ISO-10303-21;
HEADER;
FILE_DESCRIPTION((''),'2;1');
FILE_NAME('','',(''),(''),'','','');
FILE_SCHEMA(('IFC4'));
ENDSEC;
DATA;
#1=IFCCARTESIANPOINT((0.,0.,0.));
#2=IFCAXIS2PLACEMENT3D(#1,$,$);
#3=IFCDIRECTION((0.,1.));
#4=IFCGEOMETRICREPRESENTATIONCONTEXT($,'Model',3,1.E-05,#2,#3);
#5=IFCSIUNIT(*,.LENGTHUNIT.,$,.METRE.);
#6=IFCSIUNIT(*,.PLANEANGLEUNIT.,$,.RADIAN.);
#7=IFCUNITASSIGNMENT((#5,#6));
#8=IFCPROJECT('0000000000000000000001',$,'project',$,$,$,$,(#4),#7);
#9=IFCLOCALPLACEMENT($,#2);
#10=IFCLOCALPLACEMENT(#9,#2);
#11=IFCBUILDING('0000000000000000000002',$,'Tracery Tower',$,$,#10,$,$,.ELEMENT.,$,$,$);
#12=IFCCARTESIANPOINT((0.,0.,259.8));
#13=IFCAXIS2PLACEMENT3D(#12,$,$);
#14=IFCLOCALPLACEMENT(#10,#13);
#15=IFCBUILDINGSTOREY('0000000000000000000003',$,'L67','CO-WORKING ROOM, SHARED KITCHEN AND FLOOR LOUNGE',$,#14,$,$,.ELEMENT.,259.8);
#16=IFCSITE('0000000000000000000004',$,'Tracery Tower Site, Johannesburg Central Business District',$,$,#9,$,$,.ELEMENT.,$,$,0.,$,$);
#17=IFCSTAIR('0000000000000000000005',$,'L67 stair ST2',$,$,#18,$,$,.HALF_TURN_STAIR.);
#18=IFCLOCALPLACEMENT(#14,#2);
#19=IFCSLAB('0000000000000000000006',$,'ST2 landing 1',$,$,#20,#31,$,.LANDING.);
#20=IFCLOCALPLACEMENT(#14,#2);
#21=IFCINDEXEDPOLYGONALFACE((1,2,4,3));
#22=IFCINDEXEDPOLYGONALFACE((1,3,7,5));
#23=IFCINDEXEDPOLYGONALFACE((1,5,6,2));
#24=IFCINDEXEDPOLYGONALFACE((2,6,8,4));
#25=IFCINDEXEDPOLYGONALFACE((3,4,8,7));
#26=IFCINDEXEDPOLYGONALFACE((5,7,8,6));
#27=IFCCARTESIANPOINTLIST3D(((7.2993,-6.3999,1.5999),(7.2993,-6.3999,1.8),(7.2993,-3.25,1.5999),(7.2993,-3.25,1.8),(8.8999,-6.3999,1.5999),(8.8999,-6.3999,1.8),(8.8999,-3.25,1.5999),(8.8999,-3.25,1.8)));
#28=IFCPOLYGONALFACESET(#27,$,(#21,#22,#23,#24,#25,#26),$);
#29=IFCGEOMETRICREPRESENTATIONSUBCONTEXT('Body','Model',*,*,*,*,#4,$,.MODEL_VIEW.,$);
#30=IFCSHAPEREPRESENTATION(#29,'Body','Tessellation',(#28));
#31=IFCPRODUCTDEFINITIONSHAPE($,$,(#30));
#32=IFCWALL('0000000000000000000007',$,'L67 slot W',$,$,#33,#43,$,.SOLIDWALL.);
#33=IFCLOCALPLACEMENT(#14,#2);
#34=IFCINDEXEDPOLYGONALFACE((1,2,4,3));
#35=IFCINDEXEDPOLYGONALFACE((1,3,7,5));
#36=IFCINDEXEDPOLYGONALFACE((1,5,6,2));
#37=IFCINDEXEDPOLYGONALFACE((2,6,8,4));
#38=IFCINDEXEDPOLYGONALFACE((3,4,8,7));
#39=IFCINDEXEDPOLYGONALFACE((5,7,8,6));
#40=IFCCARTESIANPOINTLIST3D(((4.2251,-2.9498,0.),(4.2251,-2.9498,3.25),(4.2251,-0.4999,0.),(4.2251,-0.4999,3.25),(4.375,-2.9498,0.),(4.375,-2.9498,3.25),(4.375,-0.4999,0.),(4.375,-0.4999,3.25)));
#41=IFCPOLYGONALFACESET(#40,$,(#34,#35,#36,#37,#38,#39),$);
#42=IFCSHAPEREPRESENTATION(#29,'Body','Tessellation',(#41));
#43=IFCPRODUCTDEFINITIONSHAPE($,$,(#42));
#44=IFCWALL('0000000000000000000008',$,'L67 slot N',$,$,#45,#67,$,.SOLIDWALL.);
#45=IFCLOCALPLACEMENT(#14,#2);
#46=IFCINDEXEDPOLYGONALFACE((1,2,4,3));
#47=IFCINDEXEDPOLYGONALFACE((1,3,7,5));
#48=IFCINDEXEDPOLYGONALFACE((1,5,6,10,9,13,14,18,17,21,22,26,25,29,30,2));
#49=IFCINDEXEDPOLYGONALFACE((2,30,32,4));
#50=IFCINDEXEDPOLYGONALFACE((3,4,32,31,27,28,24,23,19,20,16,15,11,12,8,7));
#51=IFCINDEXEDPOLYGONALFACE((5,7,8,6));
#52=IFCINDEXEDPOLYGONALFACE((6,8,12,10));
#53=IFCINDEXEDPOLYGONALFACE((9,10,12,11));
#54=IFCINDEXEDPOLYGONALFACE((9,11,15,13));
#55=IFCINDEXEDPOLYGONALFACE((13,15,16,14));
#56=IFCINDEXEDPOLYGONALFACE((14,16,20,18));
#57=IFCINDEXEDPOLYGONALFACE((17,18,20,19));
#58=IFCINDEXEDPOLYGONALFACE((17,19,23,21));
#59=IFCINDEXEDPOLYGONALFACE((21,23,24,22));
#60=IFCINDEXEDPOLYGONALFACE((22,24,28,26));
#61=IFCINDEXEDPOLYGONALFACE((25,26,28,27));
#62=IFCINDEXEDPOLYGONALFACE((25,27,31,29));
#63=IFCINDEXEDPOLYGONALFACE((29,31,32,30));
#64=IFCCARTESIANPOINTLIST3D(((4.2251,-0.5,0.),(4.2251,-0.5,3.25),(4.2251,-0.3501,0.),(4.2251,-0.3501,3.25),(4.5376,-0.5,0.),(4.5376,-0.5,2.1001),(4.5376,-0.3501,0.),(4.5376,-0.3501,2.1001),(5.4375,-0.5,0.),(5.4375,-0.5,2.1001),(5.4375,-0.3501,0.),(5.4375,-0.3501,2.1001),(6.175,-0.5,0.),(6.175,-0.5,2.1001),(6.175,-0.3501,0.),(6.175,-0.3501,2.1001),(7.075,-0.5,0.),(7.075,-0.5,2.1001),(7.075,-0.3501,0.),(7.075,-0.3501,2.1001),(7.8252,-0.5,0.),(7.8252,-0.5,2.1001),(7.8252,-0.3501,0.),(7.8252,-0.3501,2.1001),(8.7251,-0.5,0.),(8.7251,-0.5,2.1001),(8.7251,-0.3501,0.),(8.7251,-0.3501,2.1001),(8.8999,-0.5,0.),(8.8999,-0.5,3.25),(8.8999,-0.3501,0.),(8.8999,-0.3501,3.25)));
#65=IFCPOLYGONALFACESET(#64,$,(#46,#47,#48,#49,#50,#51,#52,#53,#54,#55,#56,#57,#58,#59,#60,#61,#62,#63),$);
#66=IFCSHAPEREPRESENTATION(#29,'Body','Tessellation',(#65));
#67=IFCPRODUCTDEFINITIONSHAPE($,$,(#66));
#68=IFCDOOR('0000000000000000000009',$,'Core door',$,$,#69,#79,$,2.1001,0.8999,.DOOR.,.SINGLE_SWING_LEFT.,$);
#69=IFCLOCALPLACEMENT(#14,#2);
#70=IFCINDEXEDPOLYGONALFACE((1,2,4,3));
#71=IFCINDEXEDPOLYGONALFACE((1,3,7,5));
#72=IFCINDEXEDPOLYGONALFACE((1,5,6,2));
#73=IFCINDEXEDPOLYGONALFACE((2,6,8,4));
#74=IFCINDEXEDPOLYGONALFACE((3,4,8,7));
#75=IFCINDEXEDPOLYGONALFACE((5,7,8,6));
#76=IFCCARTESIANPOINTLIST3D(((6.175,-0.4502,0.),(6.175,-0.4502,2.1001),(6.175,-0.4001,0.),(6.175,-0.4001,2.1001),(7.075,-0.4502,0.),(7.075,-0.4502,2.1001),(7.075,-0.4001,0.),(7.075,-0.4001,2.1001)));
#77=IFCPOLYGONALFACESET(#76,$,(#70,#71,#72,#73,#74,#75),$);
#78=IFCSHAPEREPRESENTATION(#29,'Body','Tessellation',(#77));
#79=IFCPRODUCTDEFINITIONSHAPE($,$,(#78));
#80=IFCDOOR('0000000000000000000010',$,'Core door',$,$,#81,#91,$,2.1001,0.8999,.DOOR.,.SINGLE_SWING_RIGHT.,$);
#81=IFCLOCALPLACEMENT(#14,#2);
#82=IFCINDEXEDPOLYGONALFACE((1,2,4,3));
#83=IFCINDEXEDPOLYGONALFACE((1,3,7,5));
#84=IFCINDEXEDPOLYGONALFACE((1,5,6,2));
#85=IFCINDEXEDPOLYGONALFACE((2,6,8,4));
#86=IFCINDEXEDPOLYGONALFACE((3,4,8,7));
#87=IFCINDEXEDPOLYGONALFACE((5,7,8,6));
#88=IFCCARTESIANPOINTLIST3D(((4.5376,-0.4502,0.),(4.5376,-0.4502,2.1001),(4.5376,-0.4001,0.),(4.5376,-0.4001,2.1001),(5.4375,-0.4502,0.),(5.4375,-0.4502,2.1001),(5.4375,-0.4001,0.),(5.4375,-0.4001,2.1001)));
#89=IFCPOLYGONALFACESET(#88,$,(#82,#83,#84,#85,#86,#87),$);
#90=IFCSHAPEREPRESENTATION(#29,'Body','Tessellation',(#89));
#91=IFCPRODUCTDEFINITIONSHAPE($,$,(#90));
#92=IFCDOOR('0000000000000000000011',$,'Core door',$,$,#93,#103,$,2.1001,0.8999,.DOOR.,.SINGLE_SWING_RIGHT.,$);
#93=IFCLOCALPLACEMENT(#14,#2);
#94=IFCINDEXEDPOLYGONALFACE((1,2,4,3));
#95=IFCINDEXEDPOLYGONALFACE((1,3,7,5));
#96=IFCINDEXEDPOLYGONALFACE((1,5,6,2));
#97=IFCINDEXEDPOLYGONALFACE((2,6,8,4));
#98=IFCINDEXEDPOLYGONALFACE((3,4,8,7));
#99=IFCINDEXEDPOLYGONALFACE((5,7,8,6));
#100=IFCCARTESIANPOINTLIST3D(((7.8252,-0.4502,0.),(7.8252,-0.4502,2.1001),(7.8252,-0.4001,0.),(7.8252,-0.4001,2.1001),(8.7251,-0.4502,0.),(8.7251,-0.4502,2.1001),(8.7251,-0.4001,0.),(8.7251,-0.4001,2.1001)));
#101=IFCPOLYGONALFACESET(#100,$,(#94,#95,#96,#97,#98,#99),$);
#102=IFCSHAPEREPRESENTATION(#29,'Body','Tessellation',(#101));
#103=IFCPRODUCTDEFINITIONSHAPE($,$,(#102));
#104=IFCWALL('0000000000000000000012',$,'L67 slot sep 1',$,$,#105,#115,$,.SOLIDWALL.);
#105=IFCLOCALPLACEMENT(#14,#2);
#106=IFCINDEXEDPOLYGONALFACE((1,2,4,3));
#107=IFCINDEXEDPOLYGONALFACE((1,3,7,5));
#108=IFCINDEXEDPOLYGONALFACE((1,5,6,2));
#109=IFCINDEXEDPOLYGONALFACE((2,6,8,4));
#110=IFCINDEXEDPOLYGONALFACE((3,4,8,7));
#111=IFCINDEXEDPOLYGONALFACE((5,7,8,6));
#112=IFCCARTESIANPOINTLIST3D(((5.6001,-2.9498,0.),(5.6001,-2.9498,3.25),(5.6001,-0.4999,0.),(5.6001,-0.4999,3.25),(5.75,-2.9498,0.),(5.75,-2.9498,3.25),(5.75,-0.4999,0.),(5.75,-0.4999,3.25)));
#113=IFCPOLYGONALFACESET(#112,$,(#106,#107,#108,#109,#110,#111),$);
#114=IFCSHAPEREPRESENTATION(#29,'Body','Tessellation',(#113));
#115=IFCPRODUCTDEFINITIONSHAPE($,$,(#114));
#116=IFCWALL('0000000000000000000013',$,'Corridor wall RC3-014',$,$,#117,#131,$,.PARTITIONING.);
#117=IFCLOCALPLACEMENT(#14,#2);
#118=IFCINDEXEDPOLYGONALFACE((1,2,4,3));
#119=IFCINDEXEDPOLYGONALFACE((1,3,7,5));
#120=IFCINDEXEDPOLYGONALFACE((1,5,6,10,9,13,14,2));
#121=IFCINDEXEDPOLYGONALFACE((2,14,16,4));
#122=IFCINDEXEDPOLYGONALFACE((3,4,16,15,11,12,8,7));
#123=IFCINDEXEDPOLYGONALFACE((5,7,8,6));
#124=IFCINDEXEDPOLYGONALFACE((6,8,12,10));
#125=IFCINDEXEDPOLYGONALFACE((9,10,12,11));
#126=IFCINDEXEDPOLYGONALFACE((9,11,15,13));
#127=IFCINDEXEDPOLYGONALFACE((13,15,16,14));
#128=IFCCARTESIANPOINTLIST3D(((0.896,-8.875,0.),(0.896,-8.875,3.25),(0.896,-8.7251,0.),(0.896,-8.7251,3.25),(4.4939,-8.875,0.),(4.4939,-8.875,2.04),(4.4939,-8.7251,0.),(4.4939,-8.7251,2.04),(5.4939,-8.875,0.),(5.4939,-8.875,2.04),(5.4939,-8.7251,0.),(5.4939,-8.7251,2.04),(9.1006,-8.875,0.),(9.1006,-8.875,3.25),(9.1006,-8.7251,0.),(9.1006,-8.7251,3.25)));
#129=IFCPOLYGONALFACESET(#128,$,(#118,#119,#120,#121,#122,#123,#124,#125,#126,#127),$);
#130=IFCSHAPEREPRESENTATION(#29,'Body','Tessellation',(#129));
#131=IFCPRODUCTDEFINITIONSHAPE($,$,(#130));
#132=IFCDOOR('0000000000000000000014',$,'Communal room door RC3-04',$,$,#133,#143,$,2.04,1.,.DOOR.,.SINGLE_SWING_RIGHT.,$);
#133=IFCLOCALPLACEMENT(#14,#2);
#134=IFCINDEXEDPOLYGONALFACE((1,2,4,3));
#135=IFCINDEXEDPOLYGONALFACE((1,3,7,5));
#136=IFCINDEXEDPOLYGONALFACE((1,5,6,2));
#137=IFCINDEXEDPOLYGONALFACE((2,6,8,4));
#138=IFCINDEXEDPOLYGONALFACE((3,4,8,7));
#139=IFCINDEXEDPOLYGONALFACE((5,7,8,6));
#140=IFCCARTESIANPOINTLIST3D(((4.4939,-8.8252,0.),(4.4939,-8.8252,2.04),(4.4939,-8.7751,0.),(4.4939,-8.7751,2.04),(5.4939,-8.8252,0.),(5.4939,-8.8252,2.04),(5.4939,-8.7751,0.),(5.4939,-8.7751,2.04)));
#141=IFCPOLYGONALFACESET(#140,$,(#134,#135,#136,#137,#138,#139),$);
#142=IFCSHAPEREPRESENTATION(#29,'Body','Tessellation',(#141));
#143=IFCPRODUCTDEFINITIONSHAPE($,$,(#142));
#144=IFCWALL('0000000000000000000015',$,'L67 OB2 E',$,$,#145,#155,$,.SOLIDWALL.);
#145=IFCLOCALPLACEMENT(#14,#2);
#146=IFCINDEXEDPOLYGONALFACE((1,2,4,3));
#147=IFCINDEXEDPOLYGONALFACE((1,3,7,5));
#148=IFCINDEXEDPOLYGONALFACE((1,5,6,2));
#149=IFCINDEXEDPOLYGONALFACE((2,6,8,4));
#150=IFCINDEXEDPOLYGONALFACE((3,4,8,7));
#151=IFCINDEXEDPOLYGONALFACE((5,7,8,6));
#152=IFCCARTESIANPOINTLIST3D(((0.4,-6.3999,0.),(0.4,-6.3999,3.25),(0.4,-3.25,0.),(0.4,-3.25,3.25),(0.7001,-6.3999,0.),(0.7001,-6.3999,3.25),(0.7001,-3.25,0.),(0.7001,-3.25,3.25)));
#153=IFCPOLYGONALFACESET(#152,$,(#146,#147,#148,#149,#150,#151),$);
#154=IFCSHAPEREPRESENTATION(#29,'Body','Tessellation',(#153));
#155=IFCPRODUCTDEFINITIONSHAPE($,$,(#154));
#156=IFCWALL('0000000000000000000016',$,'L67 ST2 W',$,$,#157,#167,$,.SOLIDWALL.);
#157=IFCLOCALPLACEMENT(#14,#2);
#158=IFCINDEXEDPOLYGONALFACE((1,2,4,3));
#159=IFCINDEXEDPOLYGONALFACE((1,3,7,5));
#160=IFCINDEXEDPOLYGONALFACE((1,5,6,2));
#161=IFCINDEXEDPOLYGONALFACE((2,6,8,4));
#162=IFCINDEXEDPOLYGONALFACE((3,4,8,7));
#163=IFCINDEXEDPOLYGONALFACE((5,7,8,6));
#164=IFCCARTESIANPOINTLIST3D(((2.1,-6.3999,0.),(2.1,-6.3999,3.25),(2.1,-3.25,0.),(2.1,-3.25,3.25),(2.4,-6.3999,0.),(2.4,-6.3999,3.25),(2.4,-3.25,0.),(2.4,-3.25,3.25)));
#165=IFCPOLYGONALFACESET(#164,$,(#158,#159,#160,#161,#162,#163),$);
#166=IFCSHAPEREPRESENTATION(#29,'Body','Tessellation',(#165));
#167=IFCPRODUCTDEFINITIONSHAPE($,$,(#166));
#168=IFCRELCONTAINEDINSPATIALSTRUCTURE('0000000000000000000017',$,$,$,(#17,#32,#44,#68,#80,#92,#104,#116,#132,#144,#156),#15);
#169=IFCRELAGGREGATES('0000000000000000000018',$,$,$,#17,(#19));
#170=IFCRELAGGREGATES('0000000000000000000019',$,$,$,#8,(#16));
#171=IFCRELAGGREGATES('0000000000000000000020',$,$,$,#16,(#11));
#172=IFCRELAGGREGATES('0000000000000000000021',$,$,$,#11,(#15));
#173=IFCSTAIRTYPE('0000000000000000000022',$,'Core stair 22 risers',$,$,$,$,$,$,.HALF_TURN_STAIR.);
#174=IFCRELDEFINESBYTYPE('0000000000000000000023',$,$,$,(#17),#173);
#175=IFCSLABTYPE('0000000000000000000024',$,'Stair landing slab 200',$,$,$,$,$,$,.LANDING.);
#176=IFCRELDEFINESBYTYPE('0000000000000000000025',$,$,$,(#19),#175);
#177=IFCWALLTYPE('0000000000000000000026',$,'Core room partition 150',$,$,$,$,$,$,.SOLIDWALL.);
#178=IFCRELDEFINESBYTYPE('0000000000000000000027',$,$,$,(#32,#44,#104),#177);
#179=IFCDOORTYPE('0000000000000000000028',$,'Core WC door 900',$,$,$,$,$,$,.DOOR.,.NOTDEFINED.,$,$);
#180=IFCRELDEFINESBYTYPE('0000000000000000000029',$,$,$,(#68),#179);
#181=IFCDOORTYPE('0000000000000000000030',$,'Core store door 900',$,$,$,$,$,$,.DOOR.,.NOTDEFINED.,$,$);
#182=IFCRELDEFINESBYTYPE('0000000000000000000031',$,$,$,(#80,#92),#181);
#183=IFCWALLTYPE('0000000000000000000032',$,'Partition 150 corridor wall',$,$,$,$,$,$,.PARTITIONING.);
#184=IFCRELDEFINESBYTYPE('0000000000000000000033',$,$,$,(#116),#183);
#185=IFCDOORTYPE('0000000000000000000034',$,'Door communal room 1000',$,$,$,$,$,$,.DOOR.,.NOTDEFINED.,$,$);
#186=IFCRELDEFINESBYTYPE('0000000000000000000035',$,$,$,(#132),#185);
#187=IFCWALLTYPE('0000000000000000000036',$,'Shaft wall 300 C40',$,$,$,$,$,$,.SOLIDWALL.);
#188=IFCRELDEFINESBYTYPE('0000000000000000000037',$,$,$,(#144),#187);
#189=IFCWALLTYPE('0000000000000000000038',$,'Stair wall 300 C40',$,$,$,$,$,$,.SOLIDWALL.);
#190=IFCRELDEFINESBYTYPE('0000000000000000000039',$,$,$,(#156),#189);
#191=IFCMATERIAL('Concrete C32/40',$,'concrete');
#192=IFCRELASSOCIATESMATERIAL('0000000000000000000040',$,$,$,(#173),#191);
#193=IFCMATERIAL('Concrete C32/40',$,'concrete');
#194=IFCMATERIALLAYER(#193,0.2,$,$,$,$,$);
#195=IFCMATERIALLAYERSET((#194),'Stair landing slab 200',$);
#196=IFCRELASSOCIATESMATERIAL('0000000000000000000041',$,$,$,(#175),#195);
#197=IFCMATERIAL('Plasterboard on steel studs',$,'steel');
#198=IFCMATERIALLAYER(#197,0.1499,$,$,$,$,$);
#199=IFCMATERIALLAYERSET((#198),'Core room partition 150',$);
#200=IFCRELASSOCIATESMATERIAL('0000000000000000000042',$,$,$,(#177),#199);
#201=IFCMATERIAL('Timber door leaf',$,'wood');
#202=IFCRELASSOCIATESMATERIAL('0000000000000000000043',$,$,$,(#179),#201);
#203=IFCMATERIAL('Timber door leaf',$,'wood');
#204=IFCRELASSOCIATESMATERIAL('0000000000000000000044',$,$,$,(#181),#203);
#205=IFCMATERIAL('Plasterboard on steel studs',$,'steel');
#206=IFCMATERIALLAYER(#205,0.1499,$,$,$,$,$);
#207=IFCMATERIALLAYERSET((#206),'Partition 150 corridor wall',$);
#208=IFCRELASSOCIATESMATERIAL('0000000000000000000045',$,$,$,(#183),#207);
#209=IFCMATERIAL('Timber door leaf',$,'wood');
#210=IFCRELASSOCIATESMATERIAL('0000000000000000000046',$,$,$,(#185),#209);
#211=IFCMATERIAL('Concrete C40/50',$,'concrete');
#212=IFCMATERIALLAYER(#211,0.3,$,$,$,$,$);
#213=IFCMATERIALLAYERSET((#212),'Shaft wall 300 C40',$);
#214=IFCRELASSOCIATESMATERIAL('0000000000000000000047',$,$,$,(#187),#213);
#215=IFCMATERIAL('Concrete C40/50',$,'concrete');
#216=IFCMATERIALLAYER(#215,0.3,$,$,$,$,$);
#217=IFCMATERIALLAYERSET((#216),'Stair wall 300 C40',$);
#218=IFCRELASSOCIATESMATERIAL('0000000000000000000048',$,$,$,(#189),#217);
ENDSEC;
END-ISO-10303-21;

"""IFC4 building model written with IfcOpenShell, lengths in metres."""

from ifc_helpers import new_model, si_unit, direction, frame, frame_2d, origin, place, context, subcontext, project, spatial, polyline, rectangle, outline, extrude, material, layer, layer_set, type_object, element, fill, aggregate, save


model = new_model("IFC4")

# Units and contexts
model_context = context("Model", 3, precision=1e-05, world=origin(), true_north=direction((0.0, 1.0)))
body_context = subcontext(model_context, "Body", "Model", "MODEL_VIEW")
ifc_project = project(units=[si_unit("LENGTHUNIT", "METRE"), si_unit("PLANEANGLEUNIT", "RADIAN")], contexts=[model_context])

# Site, building, storey
site_placement = place(None, origin())
site = spatial("IfcSite", under=ifc_project, at=site_placement, Name="Tracery Tower Site, Johannesburg Central Business District", CompositionType="ELEMENT", RefElevation=0.0)
building_placement = place(site_placement, origin())
building = spatial("IfcBuilding", under=site, at=building_placement, Name="Tracery Tower", CompositionType="ELEMENT")
storey_placement = place(building_placement, frame((0.0, 0.0, 259.8)))
storey = spatial("IfcBuildingStorey", under=building, at=storey_placement, Name="L67", Description="CO-WORKING ROOM, SHARED KITCHEN AND FLOOR LOUNGE", CompositionType="ELEMENT", Elevation=259.8)

# Stair, slab
ifc_material_1 = material(Name="Concrete C32/40", Category="concrete")
stair_type = type_object("IfcStairType", Name="Core stair 22 risers", PredefinedType="HALF_TURN_STAIR", material=ifc_material_1)
stair_placement = place(storey_placement, origin())
stair = element("IfcStair", 1, at=stair_placement, inside=storey, type_object=stair_type, Name="L67 stair ST2", PredefinedType="HALF_TURN_STAIR")
ifc_material_2 = material(Name="Concrete C32/40", Category="concrete")
ifc_layer_1 = layer(ifc_material_2, 0.2)
ifc_layer_set_1 = layer_set([ifc_layer_1], Name="Stair landing slab 200")
slab_type = type_object("IfcSlabType", Name="Stair landing slab 200", PredefinedType="LANDING", material=ifc_layer_set_1)
slab_placement = place(storey_placement, frame((0.0, 0.0, 1.5999)))
slab = element("IfcSlab", 2, at=slab_placement, type_object=slab_type, Name="ST2 landing 1", PredefinedType="LANDING", context=body_context, shape_type="SweptSolid", body=[
    extrude(outline(polyline([(7.2993, -6.3999), (8.8999, -6.3999), (8.8999, -3.25), (7.2993, -3.25), (7.2993, -6.3999)])), origin(), (0.0, 0.0, 1.0), 0.2002),
])

# Wall
ifc_material_3 = material(Name="Plasterboard on steel studs", Category="steel")
ifc_layer_2 = layer(ifc_material_3, 0.1499)
ifc_layer_set_2 = layer_set([ifc_layer_2], Name="Core room partition 150")
wall_type_1 = type_object("IfcWallType", Name="Core room partition 150", PredefinedType="SOLIDWALL", material=ifc_layer_set_2)
wall_1_placement = place(storey_placement, frame((4.3, -2.95, 0.0), z_axis=(0.0, 0.0, 1.0), x_axis=(0.0, 1.0, 0.0)))
element("IfcWall", 3, at=wall_1_placement, inside=storey, type_object=wall_type_1, Name="L67 slot W", PredefinedType="SOLIDWALL", context=body_context, shape_type="SweptSolid", body=[
    extrude(rectangle(XDim=2.45, YDim=0.1499, at=frame_2d((1.2251, 0.0))), origin(), (0.0, 0.0, 1.0), 3.25),
])

# Wall, openings, doors
wall_2_placement = place(storey_placement, frame((4.2251, -0.425, 0.0), z_axis=(0.0, 0.0, 1.0), x_axis=(1.0, 0.0, 0.0)))
wall_2 = element("IfcWall", 4, at=wall_2_placement, inside=storey, type_object=wall_type_1, Name="L67 slot N", PredefinedType="SOLIDWALL", context=body_context, shape_type="SweptSolid", body=[
    extrude(rectangle(XDim=4.6748, YDim=0.1499, at=frame_2d((2.3374, 0.0))), origin(), (0.0, 0.0, 1.0), 3.25),
])
opening_1_placement = place(wall_2_placement, frame((0.3125, 0.0, 0.0)))
opening_1 = element("IfcOpeningElement", 5, at=opening_1_placement, cuts=wall_2, PredefinedType="OPENING", context=body_context, shape_type="SweptSolid", body=[
    extrude(rectangle(XDim=0.8999, YDim=2.1001, at=frame_2d((0.45, 1.05))), frame((0.0, 0.075, 0.0), z_axis=(0.0, -1.0, 0.0), x_axis=(1.0, 0.0, 0.0)), (0.0, 0.0, 1.0), 0.1499),
])
opening_2_placement = place(wall_2_placement, frame((1.95, 0.0, 0.0)))
opening_2 = element("IfcOpeningElement", 6, at=opening_2_placement, cuts=wall_2, PredefinedType="OPENING", context=body_context, shape_type="SweptSolid", body=[
    extrude(rectangle(XDim=0.8999, YDim=2.1001, at=frame_2d((0.45, 1.05))), frame((0.0, 0.075, 0.0), z_axis=(0.0, -1.0, 0.0), x_axis=(1.0, 0.0, 0.0)), (0.0, 0.0, 1.0), 0.1499),
])
opening_3_placement = place(wall_2_placement, frame((3.6001, 0.0, 0.0)))
opening_3 = element("IfcOpeningElement", 7, at=opening_3_placement, cuts=wall_2, PredefinedType="OPENING", context=body_context, shape_type="SweptSolid", body=[
    extrude(rectangle(XDim=0.8999, YDim=2.1001, at=frame_2d((0.45, 1.05))), frame((0.0, 0.075, 0.0), z_axis=(0.0, -1.0, 0.0), x_axis=(1.0, 0.0, 0.0)), (0.0, 0.0, 1.0), 0.1499),
])
ifc_material_4 = material(Name="Timber door leaf", Category="wood")
door_type_1 = type_object("IfcDoorType", Name="Core WC door 900", OperationType="NOTDEFINED", PredefinedType="DOOR", material=ifc_material_4)
door_1_placement = place(opening_2_placement, origin())
door_1 = element("IfcDoor", 8, at=door_1_placement, inside=storey, type_object=door_type_1, Name="Core door", OperationType="SINGLE_SWING_LEFT", OverallHeight=2.1001, OverallWidth=0.8999, PredefinedType="DOOR", context=body_context, shape_type="SweptSolid", body=[
    extrude(rectangle(XDim=0.8999, YDim=2.1001, at=frame_2d((0.45, 1.05))), frame((0.0, 0.0249, 0.0), z_axis=(0.0, -1.0, 0.0), x_axis=(1.0, 0.0, 0.0)), (0.0, 0.0, 1.0), 0.05),
])
fill(opening_2, door_1)
ifc_material_5 = material(Name="Timber door leaf", Category="wood")
door_type_2 = type_object("IfcDoorType", Name="Core store door 900", OperationType="NOTDEFINED", PredefinedType="DOOR", material=ifc_material_5)
door_2_placement = place(opening_1_placement, origin())
door_2 = element("IfcDoor", 9, at=door_2_placement, inside=storey, type_object=door_type_2, Name="Core door", OperationType="SINGLE_SWING_RIGHT", OverallHeight=2.1001, OverallWidth=0.8999, PredefinedType="DOOR", context=body_context, shape_type="SweptSolid", body=[
    extrude(rectangle(XDim=0.8999, YDim=2.1001, at=frame_2d((0.45, 1.05))), frame((0.0, 0.0249, 0.0), z_axis=(0.0, -1.0, 0.0), x_axis=(1.0, 0.0, 0.0)), (0.0, 0.0, 1.0), 0.05),
])
fill(opening_1, door_2)
door_3_placement = place(opening_3_placement, origin())
door_3 = element("IfcDoor", 10, at=door_3_placement, inside=storey, type_object=door_type_2, Name="Core door", OperationType="SINGLE_SWING_RIGHT", OverallHeight=2.1001, OverallWidth=0.8999, PredefinedType="DOOR", context=body_context, shape_type="SweptSolid", body=[
    extrude(rectangle(XDim=0.8999, YDim=2.1001, at=frame_2d((0.45, 1.05))), frame((0.0, 0.0249, 0.0), z_axis=(0.0, -1.0, 0.0), x_axis=(1.0, 0.0, 0.0)), (0.0, 0.0, 1.0), 0.05),
])
fill(opening_3, door_3)

# Wall
wall_3_placement = place(storey_placement, frame((5.675, -2.95, 0.0), z_axis=(0.0, 0.0, 1.0), x_axis=(0.0, 1.0, 0.0)))
element("IfcWall", 11, at=wall_3_placement, inside=storey, type_object=wall_type_1, Name="L67 slot sep 1", PredefinedType="SOLIDWALL", context=body_context, shape_type="SweptSolid", body=[
    extrude(rectangle(XDim=2.45, YDim=0.1499, at=frame_2d((1.2251, 0.0))), origin(), (0.0, 0.0, 1.0), 3.25),
])

# Wall, opening, door
ifc_material_6 = material(Name="Plasterboard on steel studs", Category="steel")
ifc_layer_3 = layer(ifc_material_6, 0.1499)
ifc_layer_set_3 = layer_set([ifc_layer_3], Name="Partition 150 corridor wall")
wall_type_2 = type_object("IfcWallType", Name="Partition 150 corridor wall", PredefinedType="PARTITIONING", material=ifc_layer_set_3)
wall_4_placement = place(storey_placement, frame((0.896, -8.8, 0.0), z_axis=(0.0, 0.0, 1.0), x_axis=(1.0, 0.0, 0.0)))
wall_4 = element("IfcWall", 12, at=wall_4_placement, inside=storey, type_object=wall_type_2, Name="Corridor wall RC3-014", PredefinedType="PARTITIONING", context=body_context, shape_type="SweptSolid", body=[
    extrude(rectangle(XDim=8.2046, YDim=0.1499, at=frame_2d((4.1023, 0.0))), origin(), (0.0, 0.0, 1.0), 3.25),
])
opening_4_placement = place(wall_4_placement, frame((3.5979, 0.0, 0.0)))
opening_4 = element("IfcOpeningElement", 13, at=opening_4_placement, cuts=wall_4, PredefinedType="OPENING", context=body_context, shape_type="SweptSolid", body=[
    extrude(rectangle(XDim=1.0, YDim=2.04, at=frame_2d((0.5, 1.02))), frame((0.0, 0.075, 0.0), z_axis=(0.0, -1.0, 0.0), x_axis=(1.0, 0.0, 0.0)), (0.0, 0.0, 1.0), 0.1499),
])
ifc_material_7 = material(Name="Timber door leaf", Category="wood")
door_type_3 = type_object("IfcDoorType", Name="Door communal room 1000", OperationType="NOTDEFINED", PredefinedType="DOOR", material=ifc_material_7)
door_4_placement = place(opening_4_placement, origin())
door_4 = element("IfcDoor", 14, at=door_4_placement, inside=storey, type_object=door_type_3, Name="Communal room door RC3-04", OperationType="SINGLE_SWING_RIGHT", OverallHeight=2.04, OverallWidth=1.0, PredefinedType="DOOR", context=body_context, shape_type="SweptSolid", body=[
    extrude(rectangle(XDim=1.0, YDim=2.04, at=frame_2d((0.5, 1.02))), frame((0.0, 0.0249, 0.0), z_axis=(0.0, -1.0, 0.0), x_axis=(1.0, 0.0, 0.0)), (0.0, 0.0, 1.0), 0.05),
])
fill(opening_4, door_4)

# Wall
ifc_material_8 = material(Name="Concrete C40/50", Category="concrete")
ifc_layer_4 = layer(ifc_material_8, 0.3)
ifc_layer_set_4 = layer_set([ifc_layer_4], Name="Shaft wall 300 C40")
wall_type_3 = type_object("IfcWallType", Name="Shaft wall 300 C40", PredefinedType="SOLIDWALL", material=ifc_layer_set_4)
wall_5_placement = place(storey_placement, frame((0.55, -6.3999, 0.0), z_axis=(0.0, 0.0, 1.0), x_axis=(0.0, 1.0, 0.0)))
element("IfcWall", 15, at=wall_5_placement, inside=storey, type_object=wall_type_3, Name="L67 OB2 E", PredefinedType="SOLIDWALL", context=body_context, shape_type="SweptSolid", body=[
    extrude(rectangle(XDim=3.1499, YDim=0.3, at=frame_2d((1.575, 0.0))), origin(), (0.0, 0.0, 1.0), 3.25),
])

# Shared definitions
ifc_material_9 = material(Name="Concrete C40/50", Category="concrete")
ifc_layer_5 = layer(ifc_material_9, 0.3)
ifc_layer_set_5 = layer_set([ifc_layer_5], Name="Stair wall 300 C40")
wall_type_4 = type_object("IfcWallType", Name="Stair wall 300 C40", PredefinedType="SOLIDWALL", material=ifc_layer_set_5)

# Wall
wall_6_placement = place(storey_placement, frame((2.25, -6.3999, 0.0), z_axis=(0.0, 0.0, 1.0), x_axis=(0.0, 1.0, 0.0)))
element("IfcWall", 16, at=wall_6_placement, inside=storey, type_object=wall_type_4, Name="L67 ST2 W", PredefinedType="SOLIDWALL", context=body_context, shape_type="SweptSolid", body=[
    extrude(rectangle(XDim=3.1499, YDim=0.3, at=frame_2d((1.575, 0.0))), origin(), (0.0, 0.0, 1.0), 3.25),
])

aggregate(stair, [slab])

save(model, "model.ifc")
